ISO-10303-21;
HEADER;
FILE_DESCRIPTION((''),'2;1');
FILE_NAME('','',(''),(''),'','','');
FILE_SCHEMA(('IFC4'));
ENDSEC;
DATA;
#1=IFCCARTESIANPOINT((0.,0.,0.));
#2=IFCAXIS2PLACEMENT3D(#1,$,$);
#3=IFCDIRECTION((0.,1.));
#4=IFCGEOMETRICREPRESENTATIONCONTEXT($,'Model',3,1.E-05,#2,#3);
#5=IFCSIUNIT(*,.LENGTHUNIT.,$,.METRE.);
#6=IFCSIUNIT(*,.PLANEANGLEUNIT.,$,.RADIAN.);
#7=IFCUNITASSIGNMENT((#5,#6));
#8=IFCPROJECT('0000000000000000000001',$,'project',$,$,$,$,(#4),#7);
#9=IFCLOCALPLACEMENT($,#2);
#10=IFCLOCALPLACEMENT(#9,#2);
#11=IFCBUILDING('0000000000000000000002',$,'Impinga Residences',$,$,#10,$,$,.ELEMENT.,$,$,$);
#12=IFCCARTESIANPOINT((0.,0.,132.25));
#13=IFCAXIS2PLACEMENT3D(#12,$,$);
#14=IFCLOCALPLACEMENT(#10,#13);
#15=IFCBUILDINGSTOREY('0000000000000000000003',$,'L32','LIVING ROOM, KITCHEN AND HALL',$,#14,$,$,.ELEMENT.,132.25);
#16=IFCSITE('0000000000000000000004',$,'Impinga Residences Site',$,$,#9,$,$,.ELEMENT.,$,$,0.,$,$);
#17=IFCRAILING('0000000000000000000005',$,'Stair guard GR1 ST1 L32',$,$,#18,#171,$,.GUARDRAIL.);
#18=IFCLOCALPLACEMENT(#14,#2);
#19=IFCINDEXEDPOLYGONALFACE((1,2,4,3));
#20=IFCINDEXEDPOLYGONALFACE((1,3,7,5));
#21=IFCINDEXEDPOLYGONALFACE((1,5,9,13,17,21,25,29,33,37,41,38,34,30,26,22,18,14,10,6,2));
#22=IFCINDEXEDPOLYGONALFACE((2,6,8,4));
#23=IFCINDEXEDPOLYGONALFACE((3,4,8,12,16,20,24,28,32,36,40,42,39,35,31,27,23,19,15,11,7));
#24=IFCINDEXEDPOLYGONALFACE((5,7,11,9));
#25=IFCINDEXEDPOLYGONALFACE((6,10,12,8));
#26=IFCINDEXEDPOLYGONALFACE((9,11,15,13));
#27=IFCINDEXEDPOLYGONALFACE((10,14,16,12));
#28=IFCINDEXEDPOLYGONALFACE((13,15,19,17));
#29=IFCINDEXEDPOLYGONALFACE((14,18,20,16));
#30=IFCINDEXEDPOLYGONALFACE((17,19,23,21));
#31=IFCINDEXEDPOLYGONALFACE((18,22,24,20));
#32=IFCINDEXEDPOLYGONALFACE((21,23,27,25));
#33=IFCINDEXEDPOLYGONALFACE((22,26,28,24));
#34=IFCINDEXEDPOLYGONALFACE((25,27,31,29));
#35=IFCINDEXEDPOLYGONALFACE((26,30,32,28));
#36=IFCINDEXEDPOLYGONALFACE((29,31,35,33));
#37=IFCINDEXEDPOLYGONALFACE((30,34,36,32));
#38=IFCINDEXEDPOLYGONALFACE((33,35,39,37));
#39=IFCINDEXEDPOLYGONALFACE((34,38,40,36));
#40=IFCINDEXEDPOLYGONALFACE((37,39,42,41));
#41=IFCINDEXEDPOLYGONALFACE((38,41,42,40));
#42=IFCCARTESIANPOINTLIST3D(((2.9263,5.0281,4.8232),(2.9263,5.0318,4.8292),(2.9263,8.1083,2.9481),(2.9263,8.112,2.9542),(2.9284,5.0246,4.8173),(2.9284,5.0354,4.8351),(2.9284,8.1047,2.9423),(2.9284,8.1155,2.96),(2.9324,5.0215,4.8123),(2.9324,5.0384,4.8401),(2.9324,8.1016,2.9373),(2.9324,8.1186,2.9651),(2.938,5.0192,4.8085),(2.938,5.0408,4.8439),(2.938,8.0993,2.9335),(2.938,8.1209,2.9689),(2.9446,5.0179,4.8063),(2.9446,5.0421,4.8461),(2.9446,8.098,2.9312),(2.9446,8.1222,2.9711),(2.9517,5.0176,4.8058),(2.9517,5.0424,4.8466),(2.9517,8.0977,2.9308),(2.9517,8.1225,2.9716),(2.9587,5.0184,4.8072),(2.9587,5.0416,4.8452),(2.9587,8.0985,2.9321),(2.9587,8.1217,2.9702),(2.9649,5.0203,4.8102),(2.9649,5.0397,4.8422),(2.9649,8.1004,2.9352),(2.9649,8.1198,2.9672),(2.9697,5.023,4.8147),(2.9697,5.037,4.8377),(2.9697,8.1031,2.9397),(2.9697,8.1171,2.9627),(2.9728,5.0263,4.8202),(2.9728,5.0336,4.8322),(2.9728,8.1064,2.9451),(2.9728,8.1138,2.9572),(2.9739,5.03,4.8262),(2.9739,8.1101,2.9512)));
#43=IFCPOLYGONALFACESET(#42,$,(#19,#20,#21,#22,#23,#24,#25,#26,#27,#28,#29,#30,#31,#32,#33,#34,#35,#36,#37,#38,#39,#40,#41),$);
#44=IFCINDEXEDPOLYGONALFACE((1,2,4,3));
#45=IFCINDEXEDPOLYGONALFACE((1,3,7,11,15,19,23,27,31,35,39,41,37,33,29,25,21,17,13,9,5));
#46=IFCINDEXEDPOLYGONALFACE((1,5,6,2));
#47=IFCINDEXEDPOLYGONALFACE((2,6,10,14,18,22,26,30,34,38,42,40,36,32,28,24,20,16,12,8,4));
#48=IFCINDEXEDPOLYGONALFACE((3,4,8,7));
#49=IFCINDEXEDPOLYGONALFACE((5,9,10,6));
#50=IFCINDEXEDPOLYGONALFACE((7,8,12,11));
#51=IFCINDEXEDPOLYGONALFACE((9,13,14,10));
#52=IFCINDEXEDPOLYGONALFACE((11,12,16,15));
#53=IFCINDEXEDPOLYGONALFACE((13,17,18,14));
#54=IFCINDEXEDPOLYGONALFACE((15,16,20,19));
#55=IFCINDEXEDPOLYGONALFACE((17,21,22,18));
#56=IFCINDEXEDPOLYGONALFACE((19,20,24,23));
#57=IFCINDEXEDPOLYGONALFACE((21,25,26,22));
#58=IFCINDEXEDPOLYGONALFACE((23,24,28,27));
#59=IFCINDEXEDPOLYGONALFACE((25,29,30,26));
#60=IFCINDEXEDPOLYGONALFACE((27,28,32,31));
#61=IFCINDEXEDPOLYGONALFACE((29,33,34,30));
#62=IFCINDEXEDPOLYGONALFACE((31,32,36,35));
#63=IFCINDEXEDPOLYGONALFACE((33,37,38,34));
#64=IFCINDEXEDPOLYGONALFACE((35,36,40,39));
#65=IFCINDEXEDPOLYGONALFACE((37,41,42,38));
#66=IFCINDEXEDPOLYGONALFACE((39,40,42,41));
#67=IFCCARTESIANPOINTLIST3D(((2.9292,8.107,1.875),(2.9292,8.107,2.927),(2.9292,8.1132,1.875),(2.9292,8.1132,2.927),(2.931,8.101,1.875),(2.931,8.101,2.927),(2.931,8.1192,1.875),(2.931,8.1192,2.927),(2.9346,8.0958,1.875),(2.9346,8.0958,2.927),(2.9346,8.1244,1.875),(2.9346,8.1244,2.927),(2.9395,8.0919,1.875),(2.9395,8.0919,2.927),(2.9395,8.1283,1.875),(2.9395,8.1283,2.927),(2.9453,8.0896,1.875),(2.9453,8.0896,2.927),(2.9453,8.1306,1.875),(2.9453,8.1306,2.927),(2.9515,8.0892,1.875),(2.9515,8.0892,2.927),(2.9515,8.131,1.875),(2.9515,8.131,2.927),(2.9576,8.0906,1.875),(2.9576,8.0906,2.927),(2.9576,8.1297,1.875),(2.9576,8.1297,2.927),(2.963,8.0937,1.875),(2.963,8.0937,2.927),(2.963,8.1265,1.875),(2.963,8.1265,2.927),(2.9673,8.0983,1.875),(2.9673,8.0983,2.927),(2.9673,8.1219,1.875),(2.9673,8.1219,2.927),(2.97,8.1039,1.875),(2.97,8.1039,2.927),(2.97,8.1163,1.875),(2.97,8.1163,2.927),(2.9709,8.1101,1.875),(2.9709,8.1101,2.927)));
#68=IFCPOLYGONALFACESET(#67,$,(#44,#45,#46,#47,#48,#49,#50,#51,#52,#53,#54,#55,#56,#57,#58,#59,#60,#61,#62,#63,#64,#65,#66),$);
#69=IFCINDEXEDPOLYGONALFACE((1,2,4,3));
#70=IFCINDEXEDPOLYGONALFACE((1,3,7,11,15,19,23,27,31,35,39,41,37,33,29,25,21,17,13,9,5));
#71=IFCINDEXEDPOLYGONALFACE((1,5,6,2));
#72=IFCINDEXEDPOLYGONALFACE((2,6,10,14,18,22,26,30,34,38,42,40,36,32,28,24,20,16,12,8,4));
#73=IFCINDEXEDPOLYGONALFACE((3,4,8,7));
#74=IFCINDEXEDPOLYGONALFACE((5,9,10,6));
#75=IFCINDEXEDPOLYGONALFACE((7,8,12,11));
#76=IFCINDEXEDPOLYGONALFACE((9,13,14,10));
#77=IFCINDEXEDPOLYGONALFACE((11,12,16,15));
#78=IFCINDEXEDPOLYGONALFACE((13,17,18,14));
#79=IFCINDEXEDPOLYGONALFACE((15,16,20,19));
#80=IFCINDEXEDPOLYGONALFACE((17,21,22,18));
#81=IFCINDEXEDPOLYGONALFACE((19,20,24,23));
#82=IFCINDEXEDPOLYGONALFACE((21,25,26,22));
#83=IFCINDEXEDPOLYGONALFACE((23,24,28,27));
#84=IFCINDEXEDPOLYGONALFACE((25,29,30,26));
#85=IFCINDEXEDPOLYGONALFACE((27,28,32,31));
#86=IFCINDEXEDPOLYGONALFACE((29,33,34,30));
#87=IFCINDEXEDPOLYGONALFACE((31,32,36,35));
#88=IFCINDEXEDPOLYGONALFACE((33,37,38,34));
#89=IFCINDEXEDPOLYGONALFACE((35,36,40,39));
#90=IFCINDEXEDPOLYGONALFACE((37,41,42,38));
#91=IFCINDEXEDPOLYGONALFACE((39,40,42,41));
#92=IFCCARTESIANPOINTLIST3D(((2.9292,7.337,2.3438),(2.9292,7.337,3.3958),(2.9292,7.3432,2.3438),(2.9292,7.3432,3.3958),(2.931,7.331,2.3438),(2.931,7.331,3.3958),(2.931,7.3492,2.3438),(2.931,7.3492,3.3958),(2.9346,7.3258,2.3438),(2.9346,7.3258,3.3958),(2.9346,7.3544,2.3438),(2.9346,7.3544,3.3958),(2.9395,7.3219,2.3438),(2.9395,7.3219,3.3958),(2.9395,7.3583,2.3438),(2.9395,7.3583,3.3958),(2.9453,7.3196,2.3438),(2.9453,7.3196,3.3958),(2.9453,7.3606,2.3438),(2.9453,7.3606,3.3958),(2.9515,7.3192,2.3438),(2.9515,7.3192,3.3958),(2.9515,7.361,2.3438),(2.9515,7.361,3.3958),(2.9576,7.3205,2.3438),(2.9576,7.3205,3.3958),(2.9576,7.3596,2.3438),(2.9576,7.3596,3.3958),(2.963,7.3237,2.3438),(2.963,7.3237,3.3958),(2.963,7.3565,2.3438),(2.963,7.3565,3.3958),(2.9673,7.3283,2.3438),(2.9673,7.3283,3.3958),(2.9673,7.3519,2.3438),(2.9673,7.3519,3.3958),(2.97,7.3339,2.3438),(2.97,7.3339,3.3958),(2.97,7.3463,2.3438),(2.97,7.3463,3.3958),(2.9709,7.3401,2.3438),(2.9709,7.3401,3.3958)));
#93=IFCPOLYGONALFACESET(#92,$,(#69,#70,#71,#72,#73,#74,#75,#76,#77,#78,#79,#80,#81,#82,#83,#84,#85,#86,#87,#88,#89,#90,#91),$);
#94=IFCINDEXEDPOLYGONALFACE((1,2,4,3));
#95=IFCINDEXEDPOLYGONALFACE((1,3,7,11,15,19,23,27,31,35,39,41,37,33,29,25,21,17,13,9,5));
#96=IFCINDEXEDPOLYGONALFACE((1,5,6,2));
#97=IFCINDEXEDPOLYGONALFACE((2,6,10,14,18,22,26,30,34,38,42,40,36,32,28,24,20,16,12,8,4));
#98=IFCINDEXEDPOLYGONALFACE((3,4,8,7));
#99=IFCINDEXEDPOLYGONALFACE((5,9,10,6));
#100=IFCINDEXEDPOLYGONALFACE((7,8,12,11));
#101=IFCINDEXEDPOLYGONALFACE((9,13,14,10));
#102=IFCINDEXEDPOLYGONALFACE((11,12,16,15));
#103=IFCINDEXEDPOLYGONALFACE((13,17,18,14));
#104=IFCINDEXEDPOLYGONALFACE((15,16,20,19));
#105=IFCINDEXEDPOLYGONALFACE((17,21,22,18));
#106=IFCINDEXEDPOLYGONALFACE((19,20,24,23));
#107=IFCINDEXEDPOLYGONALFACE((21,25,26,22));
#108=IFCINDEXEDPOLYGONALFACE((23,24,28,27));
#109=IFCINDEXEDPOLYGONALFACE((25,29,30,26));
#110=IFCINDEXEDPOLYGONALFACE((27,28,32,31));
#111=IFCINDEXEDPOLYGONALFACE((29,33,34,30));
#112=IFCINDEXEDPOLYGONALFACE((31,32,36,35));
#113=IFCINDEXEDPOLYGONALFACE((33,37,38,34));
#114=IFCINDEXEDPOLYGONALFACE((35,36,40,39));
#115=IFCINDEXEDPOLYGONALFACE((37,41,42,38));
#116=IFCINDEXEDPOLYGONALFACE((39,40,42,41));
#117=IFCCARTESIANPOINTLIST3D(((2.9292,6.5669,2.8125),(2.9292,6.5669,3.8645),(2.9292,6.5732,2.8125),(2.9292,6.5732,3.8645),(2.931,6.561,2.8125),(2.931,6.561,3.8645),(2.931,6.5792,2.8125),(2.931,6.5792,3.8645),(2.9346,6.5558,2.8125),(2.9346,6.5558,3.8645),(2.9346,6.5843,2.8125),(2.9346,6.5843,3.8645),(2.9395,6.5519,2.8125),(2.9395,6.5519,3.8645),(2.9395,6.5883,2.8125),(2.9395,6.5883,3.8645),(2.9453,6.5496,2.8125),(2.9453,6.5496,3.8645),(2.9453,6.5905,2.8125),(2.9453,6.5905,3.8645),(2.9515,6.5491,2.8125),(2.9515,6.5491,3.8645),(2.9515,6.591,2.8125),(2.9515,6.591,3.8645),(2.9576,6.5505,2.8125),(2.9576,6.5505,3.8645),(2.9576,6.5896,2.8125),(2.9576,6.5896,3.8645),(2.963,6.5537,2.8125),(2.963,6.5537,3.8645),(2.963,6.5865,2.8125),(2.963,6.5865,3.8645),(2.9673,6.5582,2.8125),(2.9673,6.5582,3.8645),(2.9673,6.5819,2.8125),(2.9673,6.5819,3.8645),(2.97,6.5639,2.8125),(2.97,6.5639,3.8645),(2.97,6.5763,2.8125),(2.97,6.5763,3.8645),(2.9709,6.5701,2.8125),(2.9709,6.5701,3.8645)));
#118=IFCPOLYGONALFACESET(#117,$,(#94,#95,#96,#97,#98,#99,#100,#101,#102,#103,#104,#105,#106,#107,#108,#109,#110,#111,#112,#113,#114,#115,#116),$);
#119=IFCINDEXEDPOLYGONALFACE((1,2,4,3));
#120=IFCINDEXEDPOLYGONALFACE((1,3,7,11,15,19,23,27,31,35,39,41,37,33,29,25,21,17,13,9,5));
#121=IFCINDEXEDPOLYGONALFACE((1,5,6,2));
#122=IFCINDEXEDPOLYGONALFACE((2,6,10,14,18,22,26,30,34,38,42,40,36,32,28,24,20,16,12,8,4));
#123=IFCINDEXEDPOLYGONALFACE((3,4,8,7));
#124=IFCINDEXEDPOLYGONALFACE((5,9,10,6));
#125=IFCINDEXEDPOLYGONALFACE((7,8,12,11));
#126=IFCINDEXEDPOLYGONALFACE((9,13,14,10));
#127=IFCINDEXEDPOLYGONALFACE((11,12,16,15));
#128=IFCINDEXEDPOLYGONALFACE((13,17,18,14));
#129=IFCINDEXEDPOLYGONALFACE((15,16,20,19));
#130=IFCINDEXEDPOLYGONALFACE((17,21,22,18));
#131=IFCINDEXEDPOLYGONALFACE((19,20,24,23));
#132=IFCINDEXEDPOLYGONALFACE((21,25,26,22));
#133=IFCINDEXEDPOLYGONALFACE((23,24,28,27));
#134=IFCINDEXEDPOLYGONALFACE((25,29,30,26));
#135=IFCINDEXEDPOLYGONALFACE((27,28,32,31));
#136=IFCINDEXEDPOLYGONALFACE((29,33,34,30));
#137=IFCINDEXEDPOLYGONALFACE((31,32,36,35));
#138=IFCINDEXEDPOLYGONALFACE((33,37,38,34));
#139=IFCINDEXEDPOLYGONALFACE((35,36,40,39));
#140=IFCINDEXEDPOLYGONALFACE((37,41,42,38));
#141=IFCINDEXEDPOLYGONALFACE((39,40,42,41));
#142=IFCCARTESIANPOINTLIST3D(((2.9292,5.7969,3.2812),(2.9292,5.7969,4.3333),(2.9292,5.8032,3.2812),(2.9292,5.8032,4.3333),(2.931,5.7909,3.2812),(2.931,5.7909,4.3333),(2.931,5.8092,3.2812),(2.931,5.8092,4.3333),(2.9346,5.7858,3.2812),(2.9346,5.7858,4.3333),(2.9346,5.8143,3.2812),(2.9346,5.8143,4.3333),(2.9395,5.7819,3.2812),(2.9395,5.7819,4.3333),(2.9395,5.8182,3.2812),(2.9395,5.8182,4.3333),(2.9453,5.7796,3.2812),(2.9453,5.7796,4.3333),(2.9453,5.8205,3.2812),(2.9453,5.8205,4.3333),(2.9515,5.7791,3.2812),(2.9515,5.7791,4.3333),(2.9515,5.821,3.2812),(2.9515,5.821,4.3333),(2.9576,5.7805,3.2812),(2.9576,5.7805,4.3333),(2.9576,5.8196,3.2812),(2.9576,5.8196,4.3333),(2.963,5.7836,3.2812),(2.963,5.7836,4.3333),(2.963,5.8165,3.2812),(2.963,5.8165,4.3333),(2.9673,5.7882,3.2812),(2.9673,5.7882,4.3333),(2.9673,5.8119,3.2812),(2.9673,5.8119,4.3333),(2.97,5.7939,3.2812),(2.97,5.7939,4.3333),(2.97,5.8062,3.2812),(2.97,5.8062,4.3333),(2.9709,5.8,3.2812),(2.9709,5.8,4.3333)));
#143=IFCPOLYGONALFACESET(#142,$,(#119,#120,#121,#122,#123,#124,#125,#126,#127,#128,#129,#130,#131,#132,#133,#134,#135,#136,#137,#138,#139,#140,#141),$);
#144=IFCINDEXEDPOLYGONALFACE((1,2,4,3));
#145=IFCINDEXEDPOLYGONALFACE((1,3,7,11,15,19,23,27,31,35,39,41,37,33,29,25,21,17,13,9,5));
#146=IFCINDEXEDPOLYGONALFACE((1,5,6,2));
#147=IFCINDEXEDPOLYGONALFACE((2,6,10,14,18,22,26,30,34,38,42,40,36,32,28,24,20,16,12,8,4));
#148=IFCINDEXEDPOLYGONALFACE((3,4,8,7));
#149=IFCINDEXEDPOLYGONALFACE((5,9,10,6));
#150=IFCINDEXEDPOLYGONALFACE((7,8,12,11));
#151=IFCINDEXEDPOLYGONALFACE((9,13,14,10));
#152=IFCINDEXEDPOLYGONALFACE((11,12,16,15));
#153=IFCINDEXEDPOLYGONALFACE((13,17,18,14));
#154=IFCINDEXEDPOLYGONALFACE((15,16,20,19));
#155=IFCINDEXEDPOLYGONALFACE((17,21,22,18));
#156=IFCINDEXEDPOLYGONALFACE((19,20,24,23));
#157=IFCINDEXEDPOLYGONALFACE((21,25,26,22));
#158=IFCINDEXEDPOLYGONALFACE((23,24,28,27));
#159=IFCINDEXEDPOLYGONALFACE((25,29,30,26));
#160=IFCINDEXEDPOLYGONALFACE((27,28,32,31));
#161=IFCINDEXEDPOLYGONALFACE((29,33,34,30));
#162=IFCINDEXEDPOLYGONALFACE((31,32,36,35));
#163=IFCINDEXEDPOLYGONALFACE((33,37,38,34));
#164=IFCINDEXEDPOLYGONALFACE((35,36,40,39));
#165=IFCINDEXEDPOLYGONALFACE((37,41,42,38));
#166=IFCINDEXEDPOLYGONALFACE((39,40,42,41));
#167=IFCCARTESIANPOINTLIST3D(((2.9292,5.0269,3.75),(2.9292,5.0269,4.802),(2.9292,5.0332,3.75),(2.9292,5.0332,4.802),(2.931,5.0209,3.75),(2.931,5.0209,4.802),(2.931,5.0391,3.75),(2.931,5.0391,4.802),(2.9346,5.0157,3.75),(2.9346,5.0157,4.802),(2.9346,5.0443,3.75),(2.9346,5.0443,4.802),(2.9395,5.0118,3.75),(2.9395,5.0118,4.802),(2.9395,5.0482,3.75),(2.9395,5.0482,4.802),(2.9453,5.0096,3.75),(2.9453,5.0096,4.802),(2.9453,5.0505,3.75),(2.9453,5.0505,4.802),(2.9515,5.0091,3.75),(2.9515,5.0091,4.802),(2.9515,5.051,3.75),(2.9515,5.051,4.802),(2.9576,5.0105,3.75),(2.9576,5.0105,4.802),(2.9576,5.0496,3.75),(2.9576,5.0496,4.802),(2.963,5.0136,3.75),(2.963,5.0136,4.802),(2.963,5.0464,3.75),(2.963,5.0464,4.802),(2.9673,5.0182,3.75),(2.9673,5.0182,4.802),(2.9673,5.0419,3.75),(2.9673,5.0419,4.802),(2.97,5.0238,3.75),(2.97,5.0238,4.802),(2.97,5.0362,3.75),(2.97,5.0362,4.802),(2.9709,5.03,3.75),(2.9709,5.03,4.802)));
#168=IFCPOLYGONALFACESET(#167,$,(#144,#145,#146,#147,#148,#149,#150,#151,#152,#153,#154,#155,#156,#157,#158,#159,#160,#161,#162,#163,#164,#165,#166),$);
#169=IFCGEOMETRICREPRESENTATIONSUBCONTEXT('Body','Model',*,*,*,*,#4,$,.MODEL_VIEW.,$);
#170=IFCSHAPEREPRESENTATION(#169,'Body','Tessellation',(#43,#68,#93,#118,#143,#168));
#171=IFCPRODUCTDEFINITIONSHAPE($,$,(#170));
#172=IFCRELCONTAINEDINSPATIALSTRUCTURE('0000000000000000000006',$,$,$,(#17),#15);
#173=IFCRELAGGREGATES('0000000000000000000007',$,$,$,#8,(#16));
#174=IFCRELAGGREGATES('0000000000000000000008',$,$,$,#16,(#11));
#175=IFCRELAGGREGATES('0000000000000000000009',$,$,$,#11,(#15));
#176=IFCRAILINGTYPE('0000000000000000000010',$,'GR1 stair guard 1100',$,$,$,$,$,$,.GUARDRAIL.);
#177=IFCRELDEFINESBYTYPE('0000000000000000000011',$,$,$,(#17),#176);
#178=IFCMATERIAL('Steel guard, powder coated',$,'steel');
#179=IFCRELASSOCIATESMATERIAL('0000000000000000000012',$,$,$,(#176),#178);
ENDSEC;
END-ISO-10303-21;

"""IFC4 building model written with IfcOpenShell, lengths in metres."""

from ifc_helpers import new_model, si_unit, direction, frame, origin, origin_2d, place, context, subcontext, project, spatial, circle, extrude, material, type_object, element, save


model = new_model("IFC4")

# Units and contexts
model_context = context("Model", 3, precision=1e-05, world=origin(), true_north=direction((0.0, 1.0)))
body_context = subcontext(model_context, "Body", "Model", "MODEL_VIEW")
ifc_project = project(units=[si_unit("LENGTHUNIT", "METRE"), si_unit("PLANEANGLEUNIT", "RADIAN")], contexts=[model_context])

# Site, building, storey
site_placement = place(None, origin())
site = spatial("IfcSite", under=ifc_project, at=site_placement, Name="Impinga Residences Site", CompositionType="ELEMENT", RefElevation=0.0)
building_placement = place(site_placement, origin())
building = spatial("IfcBuilding", under=site, at=building_placement, Name="Impinga Residences", CompositionType="ELEMENT")
storey_placement = place(building_placement, frame((0.0, 0.0, 132.25)))
storey = spatial("IfcBuildingStorey", under=building, at=storey_placement, Name="L32", Description="LIVING ROOM, KITCHEN AND HALL", CompositionType="ELEMENT", Elevation=132.25)

# Railing
ifc_material_1 = material(Name="Steel guard, powder coated", Category="steel")
railing_type_1 = type_object("IfcRailingType", Name="GR1 stair guard 1100", PredefinedType="GUARDRAIL", material=ifc_material_1)
railing_1_placement = place(storey_placement, frame((2.95, 8.1101, 1.875)))
element("IfcRailing", 1, at=railing_1_placement, inside=storey, type_object=railing_type_1, Name="Stair guard GR1 ST1 L32", PredefinedType="GUARDRAIL", context=body_context, shape_type="SweptSolid", body=[
    extrude(circle(Radius=0.0239, at=origin_2d()), frame((0.0, 0.0, 1.0762), z_axis=(0.0, -0.854178, 0.519981), x_axis=(1.0, 0.0, 0.0)), (0.0, 0.0, 1.0), 3.606),
    extrude(circle(Radius=0.021, at=origin_2d()), origin(), (0.0, 0.0, 1.0), 1.052),
    extrude(circle(Radius=0.021, at=origin_2d()), frame((0.0, -0.77, 0.4688)), (0.0, 0.0, 1.0), 1.052),
    extrude(circle(Radius=0.021, at=origin_2d()), frame((0.0, -1.54, 0.9375)), (0.0, 0.0, 1.0), 1.052),
    extrude(circle(Radius=0.021, at=origin_2d()), frame((0.0, -2.3101, 1.4062)), (0.0, 0.0, 1.0), 1.052),
    extrude(circle(Radius=0.021, at=origin_2d()), frame((0.0, -3.0801, 1.875)), (0.0, 0.0, 1.0), 1.052),
])

save(model, "model.ifc")
